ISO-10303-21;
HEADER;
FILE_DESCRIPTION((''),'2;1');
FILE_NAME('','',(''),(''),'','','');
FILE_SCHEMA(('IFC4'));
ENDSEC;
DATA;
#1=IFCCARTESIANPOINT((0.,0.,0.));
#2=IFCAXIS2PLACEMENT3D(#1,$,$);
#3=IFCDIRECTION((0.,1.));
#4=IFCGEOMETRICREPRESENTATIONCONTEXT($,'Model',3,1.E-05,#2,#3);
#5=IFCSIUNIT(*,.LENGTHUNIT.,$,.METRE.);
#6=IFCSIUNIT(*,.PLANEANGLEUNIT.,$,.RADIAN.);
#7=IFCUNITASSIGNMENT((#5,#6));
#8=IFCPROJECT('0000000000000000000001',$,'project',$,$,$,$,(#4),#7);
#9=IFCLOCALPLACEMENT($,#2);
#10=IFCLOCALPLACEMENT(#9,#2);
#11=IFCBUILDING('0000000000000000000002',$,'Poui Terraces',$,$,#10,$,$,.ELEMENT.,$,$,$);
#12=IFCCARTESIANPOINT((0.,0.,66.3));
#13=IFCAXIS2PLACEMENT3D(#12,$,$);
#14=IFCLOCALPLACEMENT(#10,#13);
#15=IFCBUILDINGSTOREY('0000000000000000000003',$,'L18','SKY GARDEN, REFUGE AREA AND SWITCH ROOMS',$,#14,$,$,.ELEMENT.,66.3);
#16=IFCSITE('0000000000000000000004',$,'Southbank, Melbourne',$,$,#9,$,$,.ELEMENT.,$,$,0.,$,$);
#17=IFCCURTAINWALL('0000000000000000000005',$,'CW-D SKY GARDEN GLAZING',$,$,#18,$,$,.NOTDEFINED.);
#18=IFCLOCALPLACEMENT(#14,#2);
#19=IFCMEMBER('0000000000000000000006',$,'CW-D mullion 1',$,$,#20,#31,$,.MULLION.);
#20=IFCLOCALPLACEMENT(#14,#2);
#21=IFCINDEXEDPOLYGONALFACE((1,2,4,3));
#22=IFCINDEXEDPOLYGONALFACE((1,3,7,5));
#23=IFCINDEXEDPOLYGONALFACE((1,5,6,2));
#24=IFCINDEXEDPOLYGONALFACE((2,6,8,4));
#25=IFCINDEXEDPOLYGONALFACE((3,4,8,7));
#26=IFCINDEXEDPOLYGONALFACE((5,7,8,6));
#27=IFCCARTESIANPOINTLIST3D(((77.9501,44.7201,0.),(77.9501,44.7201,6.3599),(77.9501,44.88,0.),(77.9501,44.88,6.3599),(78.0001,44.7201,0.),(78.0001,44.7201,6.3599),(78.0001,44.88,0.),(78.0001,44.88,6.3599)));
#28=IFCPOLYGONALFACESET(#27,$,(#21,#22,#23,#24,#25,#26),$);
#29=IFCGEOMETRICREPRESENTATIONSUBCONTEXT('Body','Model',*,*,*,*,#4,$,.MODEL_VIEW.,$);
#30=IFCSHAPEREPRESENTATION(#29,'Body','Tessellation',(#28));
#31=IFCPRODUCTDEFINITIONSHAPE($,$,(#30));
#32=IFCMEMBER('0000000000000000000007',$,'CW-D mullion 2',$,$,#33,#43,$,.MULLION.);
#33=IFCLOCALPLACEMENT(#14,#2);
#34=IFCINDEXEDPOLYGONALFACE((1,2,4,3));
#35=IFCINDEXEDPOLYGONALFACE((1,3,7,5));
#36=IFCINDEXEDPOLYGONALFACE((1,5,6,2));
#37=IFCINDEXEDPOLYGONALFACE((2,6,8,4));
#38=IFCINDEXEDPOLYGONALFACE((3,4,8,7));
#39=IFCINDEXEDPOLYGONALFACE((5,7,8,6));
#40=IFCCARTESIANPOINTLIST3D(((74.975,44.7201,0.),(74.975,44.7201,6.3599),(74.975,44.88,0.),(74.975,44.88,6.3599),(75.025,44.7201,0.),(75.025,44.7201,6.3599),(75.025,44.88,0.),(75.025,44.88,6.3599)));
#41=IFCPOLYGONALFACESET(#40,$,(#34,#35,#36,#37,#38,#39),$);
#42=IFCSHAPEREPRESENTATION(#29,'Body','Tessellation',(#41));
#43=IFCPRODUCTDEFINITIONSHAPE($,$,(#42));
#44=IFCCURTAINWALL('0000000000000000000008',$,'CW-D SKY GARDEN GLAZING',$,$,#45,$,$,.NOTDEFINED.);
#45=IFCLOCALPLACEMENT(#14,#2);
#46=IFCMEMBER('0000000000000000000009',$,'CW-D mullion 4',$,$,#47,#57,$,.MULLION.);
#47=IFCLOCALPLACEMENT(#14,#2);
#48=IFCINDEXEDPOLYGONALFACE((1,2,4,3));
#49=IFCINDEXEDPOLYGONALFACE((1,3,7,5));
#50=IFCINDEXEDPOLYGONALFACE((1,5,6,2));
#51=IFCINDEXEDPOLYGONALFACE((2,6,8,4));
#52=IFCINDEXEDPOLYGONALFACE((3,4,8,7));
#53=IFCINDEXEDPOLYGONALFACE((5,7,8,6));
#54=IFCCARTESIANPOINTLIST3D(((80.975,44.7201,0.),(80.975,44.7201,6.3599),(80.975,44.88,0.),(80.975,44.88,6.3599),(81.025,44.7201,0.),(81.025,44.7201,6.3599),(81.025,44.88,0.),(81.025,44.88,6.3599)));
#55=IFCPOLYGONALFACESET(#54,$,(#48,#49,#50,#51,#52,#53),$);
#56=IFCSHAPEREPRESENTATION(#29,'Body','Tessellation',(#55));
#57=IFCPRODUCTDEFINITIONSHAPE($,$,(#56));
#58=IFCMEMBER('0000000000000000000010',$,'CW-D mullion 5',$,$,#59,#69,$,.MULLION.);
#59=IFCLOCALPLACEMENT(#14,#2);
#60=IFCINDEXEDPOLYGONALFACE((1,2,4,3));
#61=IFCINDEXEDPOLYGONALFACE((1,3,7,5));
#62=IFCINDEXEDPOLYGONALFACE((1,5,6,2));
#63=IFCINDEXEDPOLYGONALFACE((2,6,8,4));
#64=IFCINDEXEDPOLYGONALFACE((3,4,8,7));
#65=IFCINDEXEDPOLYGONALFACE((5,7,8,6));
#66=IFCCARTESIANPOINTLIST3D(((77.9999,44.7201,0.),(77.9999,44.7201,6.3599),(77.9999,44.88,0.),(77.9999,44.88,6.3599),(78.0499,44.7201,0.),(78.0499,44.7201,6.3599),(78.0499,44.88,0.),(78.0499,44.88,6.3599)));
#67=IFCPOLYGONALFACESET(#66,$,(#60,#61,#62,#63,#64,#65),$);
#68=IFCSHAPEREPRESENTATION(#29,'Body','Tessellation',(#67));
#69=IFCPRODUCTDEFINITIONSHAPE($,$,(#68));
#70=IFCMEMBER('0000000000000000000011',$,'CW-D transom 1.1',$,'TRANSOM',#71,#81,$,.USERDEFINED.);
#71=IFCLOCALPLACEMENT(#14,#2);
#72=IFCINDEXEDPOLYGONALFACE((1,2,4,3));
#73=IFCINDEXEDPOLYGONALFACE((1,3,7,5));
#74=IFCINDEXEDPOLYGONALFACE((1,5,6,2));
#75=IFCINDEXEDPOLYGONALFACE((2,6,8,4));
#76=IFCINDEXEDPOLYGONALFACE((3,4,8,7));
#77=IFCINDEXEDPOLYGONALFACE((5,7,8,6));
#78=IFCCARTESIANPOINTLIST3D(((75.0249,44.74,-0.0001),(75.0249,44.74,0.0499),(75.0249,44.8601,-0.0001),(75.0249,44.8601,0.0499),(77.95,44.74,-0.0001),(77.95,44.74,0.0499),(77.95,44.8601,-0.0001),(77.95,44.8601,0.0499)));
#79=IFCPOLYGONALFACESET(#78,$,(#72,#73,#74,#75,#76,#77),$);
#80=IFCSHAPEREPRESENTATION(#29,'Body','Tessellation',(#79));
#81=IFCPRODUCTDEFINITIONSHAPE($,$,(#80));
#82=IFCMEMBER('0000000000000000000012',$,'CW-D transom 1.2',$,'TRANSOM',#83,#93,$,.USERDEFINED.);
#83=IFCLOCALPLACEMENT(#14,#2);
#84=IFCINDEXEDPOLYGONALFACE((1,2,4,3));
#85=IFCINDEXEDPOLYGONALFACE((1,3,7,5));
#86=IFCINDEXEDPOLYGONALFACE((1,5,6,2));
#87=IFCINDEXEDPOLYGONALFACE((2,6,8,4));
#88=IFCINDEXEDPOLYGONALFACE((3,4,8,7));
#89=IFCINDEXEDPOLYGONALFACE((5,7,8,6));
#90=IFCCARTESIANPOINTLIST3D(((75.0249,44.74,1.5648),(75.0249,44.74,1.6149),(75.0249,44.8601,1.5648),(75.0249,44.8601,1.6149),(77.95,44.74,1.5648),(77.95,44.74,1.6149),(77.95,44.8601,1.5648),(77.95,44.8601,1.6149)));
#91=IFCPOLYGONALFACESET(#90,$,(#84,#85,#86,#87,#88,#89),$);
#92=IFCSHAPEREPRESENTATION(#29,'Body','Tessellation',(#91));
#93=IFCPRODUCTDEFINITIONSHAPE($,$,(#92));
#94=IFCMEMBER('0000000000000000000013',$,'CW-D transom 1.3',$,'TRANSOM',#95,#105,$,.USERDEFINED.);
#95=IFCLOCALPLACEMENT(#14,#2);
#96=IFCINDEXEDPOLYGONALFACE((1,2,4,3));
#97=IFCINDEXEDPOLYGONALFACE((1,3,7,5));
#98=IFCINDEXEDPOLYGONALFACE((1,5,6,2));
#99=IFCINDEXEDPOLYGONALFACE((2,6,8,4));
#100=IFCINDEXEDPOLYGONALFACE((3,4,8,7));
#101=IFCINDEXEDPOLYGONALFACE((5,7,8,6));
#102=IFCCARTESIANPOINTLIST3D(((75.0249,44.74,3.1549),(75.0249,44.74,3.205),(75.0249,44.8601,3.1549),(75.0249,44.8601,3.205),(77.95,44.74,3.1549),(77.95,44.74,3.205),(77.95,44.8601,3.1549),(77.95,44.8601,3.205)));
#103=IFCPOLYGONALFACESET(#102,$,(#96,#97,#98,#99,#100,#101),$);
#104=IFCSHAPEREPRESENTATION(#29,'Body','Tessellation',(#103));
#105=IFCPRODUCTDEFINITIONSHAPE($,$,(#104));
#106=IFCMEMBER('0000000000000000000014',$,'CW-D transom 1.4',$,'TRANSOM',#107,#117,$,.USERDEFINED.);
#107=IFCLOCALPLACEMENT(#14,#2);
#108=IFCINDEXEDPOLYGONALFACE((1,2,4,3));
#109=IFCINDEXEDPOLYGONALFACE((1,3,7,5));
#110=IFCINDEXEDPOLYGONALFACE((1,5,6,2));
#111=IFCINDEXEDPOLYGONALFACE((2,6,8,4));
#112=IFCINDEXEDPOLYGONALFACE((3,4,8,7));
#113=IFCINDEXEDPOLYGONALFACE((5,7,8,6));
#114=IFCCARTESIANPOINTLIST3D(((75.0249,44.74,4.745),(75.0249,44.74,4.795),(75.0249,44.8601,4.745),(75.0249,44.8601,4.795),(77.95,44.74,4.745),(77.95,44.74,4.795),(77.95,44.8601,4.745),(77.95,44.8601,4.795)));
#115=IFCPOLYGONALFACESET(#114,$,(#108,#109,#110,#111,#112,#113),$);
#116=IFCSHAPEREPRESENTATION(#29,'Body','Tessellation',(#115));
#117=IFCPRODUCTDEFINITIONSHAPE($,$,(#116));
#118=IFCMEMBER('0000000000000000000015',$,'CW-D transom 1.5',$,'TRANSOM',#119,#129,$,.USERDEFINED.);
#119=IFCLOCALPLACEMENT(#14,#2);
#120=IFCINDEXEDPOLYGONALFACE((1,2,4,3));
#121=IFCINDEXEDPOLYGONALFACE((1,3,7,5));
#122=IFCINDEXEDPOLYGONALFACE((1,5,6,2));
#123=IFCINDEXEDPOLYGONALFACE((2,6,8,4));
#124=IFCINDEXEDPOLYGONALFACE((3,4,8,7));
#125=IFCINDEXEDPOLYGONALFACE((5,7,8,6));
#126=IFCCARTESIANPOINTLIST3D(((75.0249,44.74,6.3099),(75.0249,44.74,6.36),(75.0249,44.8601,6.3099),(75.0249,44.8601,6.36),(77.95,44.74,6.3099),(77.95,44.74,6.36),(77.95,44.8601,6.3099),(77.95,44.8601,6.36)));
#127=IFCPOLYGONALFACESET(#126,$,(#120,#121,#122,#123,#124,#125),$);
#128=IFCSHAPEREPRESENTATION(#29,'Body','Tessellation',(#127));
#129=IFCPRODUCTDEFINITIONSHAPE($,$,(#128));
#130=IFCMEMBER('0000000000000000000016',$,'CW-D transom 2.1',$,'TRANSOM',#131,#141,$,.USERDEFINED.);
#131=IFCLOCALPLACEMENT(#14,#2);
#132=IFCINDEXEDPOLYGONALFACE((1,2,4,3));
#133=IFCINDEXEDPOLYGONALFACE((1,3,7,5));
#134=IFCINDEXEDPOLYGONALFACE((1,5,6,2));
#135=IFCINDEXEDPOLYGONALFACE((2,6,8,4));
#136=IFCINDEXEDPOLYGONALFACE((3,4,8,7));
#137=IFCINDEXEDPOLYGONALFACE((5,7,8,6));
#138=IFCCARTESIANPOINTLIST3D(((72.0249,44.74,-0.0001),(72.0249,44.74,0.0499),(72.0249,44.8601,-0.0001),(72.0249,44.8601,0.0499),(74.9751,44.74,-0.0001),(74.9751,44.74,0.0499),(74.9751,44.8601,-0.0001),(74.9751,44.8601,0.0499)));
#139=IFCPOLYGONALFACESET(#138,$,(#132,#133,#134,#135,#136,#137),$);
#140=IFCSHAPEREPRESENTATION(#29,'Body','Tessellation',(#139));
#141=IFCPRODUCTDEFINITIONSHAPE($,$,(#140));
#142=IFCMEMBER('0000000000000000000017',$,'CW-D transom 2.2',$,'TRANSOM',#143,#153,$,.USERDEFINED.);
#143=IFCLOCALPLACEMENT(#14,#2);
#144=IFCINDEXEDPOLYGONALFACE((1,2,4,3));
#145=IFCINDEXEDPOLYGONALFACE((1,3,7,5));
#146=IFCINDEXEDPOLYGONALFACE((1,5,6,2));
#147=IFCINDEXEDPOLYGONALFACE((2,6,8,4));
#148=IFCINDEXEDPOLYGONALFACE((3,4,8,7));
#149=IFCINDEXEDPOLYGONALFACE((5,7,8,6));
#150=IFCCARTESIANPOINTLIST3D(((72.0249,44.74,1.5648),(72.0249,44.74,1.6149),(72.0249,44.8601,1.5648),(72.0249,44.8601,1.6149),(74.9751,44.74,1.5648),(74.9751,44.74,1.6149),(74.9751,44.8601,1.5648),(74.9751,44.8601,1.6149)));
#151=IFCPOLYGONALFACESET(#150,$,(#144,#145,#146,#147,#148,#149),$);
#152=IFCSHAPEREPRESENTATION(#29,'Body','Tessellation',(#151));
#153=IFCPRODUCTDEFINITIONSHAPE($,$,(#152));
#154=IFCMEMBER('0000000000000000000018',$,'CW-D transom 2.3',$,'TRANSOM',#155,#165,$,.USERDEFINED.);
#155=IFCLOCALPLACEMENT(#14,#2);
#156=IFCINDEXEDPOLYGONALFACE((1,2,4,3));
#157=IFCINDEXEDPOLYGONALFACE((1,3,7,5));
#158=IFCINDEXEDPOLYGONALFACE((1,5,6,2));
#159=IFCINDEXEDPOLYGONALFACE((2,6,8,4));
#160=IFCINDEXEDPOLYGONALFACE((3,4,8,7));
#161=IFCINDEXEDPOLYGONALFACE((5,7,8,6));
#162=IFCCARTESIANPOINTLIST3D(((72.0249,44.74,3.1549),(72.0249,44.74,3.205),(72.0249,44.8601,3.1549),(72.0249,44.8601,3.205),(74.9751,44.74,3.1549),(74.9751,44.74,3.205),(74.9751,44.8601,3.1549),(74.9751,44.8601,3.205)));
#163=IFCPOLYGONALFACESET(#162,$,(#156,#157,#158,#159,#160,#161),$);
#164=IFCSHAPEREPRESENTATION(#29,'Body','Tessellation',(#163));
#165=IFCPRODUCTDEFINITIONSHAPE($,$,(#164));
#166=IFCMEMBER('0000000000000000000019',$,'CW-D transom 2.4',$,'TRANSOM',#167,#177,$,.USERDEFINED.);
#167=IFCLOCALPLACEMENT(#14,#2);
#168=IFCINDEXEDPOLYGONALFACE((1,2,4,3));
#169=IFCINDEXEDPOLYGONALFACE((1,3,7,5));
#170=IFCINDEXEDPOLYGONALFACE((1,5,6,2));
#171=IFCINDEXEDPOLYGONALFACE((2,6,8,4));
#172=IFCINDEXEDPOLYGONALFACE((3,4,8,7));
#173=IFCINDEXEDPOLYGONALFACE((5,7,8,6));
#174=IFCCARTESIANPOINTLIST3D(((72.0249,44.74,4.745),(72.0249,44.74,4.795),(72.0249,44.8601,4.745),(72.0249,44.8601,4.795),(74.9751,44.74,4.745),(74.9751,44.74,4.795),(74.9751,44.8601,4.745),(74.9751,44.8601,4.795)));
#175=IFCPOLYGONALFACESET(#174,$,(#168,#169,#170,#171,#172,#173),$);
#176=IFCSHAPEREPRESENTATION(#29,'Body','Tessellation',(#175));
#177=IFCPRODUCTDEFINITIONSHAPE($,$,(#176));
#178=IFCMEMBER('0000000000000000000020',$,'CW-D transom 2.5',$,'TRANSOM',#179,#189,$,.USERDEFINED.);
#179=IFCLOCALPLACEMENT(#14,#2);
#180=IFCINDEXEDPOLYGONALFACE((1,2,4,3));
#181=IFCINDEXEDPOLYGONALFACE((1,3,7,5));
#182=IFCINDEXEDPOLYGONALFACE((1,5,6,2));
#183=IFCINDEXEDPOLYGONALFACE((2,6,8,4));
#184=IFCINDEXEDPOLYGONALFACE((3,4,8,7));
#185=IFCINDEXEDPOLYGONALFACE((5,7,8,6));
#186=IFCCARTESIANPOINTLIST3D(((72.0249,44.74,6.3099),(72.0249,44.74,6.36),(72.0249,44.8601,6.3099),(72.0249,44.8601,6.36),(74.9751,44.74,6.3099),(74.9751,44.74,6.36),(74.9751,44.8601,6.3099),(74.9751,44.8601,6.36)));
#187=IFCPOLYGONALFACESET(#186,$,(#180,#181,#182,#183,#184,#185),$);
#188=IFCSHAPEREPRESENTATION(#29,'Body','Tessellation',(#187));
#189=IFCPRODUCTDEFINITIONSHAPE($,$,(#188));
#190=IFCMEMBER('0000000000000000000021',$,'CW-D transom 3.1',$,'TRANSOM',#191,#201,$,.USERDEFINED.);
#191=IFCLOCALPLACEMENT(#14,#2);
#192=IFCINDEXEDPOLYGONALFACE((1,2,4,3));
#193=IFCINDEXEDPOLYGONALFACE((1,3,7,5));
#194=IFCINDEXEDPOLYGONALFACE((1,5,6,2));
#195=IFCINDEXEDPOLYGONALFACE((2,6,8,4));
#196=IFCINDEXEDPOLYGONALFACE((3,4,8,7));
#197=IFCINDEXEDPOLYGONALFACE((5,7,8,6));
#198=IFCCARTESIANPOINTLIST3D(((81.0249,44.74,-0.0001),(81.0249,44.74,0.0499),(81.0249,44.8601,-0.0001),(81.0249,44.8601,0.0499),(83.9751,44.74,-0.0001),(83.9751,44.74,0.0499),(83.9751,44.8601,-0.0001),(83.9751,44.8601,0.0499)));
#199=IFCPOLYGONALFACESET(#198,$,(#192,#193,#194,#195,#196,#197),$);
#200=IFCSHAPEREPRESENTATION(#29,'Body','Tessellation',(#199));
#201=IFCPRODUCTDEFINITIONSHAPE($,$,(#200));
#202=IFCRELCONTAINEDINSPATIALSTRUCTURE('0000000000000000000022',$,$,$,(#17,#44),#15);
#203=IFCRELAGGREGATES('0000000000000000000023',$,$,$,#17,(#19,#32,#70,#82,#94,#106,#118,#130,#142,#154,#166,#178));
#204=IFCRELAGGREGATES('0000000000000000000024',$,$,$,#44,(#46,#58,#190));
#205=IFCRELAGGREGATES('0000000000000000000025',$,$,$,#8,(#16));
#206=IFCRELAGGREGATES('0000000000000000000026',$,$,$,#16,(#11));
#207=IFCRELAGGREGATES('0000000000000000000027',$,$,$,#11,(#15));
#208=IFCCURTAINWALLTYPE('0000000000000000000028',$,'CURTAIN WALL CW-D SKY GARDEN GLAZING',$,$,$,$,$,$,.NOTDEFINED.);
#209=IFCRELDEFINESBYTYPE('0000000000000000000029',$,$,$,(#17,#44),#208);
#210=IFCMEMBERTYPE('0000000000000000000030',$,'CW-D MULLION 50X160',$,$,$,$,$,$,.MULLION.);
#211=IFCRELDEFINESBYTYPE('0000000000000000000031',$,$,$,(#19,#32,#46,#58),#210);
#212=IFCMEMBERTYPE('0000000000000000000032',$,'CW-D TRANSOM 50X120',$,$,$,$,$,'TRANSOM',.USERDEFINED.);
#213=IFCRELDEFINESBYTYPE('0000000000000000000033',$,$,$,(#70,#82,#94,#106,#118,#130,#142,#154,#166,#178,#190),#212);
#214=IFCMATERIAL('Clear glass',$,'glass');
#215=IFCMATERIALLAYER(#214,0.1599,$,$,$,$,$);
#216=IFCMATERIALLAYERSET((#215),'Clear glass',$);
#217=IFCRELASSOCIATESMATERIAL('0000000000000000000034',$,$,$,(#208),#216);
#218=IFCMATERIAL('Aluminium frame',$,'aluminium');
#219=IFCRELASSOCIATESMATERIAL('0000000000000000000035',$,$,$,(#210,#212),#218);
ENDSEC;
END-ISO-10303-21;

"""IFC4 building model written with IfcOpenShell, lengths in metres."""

from ifc_helpers import new_model, si_unit, direction, frame, origin, origin_2d, place, context, subcontext, project, spatial, rectangle, extrude, material, layer, layer_set, material_profile, profile_set, type_object, element, aggregate, save


model = new_model("IFC4")

# Units and contexts
model_context = context("Model", 3, precision=1e-05, world=origin(), true_north=direction((0.0, 1.0)))
body_context = subcontext(model_context, "Body", "Model", "MODEL_VIEW")
ifc_project = project(units=[si_unit("LENGTHUNIT", "METRE"), si_unit("PLANEANGLEUNIT", "RADIAN")], contexts=[model_context])

# Site, building, storey
site_placement = place(None, origin())
site = spatial("IfcSite", under=ifc_project, at=site_placement, Name="Southbank, Melbourne", CompositionType="ELEMENT", RefElevation=0.0)
building_placement = place(site_placement, origin())
building = spatial("IfcBuilding", under=site, at=building_placement, Name="Poui Terraces", CompositionType="ELEMENT")
storey_placement = place(building_placement, frame((0.0, 0.0, 66.3)))
storey = spatial("IfcBuildingStorey", under=building, at=storey_placement, Name="L18", Description="SKY GARDEN, REFUGE AREA AND SWITCH ROOMS", CompositionType="ELEMENT", Elevation=66.3)

# Curtain walls, members
ifc_material_1 = material(Name="Clear glass", Category="glass")
ifc_layer_1 = layer(ifc_material_1, 0.1599)
ifc_layer_set_1 = layer_set([ifc_layer_1], Name="Clear glass")
curtain_wall_type = type_object("IfcCurtainWallType", Name="CURTAIN WALL CW-D SKY GARDEN GLAZING", PredefinedType="NOTDEFINED", material=ifc_layer_set_1)
curtain_wall_1_placement = place(storey_placement, origin())
curtain_wall_1 = element("IfcCurtainWall", 1, at=curtain_wall_1_placement, inside=storey, type_object=curtain_wall_type, Name="CW-D SKY GARDEN GLAZING", PredefinedType="NOTDEFINED")
ifc_material_2 = material(Name="Aluminium frame", Category="aluminium")
ifc_material_profile_1 = material_profile(ifc_material_2, rectangle(XDim=0.1599, YDim=0.05, at=origin_2d()), Name="CW-D MULLION 50X160")
ifc_profile_set_1 = profile_set([ifc_material_profile_1], Name="Aluminium frame")
member_type_1 = type_object("IfcMemberType", Name="CW-D MULLION 50X160", PredefinedType="MULLION", material=ifc_profile_set_1)
member_1_placement = place(storey_placement, frame((77.9751, 44.8, 0.0), z_axis=(0.0, 0.0, 1.0), x_axis=(0.0, -1.0, 0.0)))
member_1 = element("IfcMember", 2, at=member_1_placement, type_object=member_type_1, Name="CW-D mullion 1", PredefinedType="MULLION", context=body_context, shape_type="SweptSolid", body=[
    extrude(rectangle(XDim=0.1599, YDim=0.05, at=origin_2d()), origin(), (0.0, 0.0, 1.0), 6.3599),
])
member_2_placement = place(storey_placement, frame((75.0, 44.8, 0.0), z_axis=(0.0, 0.0, 1.0), x_axis=(0.0, -1.0, 0.0)))
member_2 = element("IfcMember", 3, at=member_2_placement, type_object=member_type_1, Name="CW-D mullion 2", PredefinedType="MULLION", context=body_context, shape_type="SweptSolid", body=[
    extrude(rectangle(XDim=0.1599, YDim=0.05, at=origin_2d()), origin(), (0.0, 0.0, 1.0), 6.3599),
])
curtain_wall_2_placement = place(storey_placement, origin())
curtain_wall_2 = element("IfcCurtainWall", 4, at=curtain_wall_2_placement, inside=storey, type_object=curtain_wall_type, Name="CW-D SKY GARDEN GLAZING", PredefinedType="NOTDEFINED")
member_3_placement = place(storey_placement, frame((81.0, 44.8, 0.0), z_axis=(0.0, 0.0, 1.0), x_axis=(0.0, -1.0, 0.0)))
member_3 = element("IfcMember", 5, at=member_3_placement, type_object=member_type_1, Name="CW-D mullion 4", PredefinedType="MULLION", context=body_context, shape_type="SweptSolid", body=[
    extrude(rectangle(XDim=0.1599, YDim=0.05, at=origin_2d()), origin(), (0.0, 0.0, 1.0), 6.3599),
])
member_4_placement = place(storey_placement, frame((78.0249, 44.8, 0.0), z_axis=(0.0, 0.0, 1.0), x_axis=(0.0, -1.0, 0.0)))
member_4 = element("IfcMember", 6, at=member_4_placement, type_object=member_type_1, Name="CW-D mullion 5", PredefinedType="MULLION", context=body_context, shape_type="SweptSolid", body=[
    extrude(rectangle(XDim=0.1599, YDim=0.05, at=origin_2d()), origin(), (0.0, 0.0, 1.0), 6.3599),
])

# Members
ifc_material_profile_2 = material_profile(ifc_material_2, rectangle(XDim=0.1201, YDim=0.05, at=origin_2d()), Name="CW-D TRANSOM 50X120")
ifc_profile_set_2 = profile_set([ifc_material_profile_2], Name="Aluminium frame")
member_type_2 = type_object("IfcMemberType", Name="CW-D TRANSOM 50X120", ElementType="TRANSOM", PredefinedType="USERDEFINED", material=ifc_profile_set_2)
member_5_placement = place(storey_placement, frame((77.95, 44.8, 0.0249), z_axis=(-1.0, 0.0, 0.0), x_axis=(0.0, -1.0, 0.0)))
member_5 = element("IfcMember", 7, at=member_5_placement, type_object=member_type_2, Name="CW-D transom 1.1", ObjectType="TRANSOM", PredefinedType="USERDEFINED", context=body_context, shape_type="SweptSolid", body=[
    extrude(rectangle(XDim=0.1201, YDim=0.05, at=origin_2d()), origin(), (0.0, 0.0, 1.0), 2.925),
])
member_6_placement = place(storey_placement, frame((77.95, 44.8, 1.5898), z_axis=(-1.0, 0.0, 0.0), x_axis=(0.0, -1.0, 0.0)))
member_6 = element("IfcMember", 8, at=member_6_placement, type_object=member_type_2, Name="CW-D transom 1.2", ObjectType="TRANSOM", PredefinedType="USERDEFINED", context=body_context, shape_type="SweptSolid", body=[
    extrude(rectangle(XDim=0.1201, YDim=0.05, at=origin_2d()), origin(), (0.0, 0.0, 1.0), 2.925),
])
member_7_placement = place(storey_placement, frame((77.95, 44.8, 3.1799), z_axis=(-1.0, 0.0, 0.0), x_axis=(0.0, -1.0, 0.0)))
member_7 = element("IfcMember", 9, at=member_7_placement, type_object=member_type_2, Name="CW-D transom 1.3", ObjectType="TRANSOM", PredefinedType="USERDEFINED", context=body_context, shape_type="SweptSolid", body=[
    extrude(rectangle(XDim=0.1201, YDim=0.05, at=origin_2d()), origin(), (0.0, 0.0, 1.0), 2.925),
])
member_8_placement = place(storey_placement, frame((77.95, 44.8, 4.77), z_axis=(-1.0, 0.0, 0.0), x_axis=(0.0, -1.0, 0.0)))
member_8 = element("IfcMember", 10, at=member_8_placement, type_object=member_type_2, Name="CW-D transom 1.4", ObjectType="TRANSOM", PredefinedType="USERDEFINED", context=body_context, shape_type="SweptSolid", body=[
    extrude(rectangle(XDim=0.1201, YDim=0.05, at=origin_2d()), origin(), (0.0, 0.0, 1.0), 2.925),
])
member_9_placement = place(storey_placement, frame((77.95, 44.8, 6.335), z_axis=(-1.0, 0.0, 0.0), x_axis=(0.0, -1.0, 0.0)))
member_9 = element("IfcMember", 11, at=member_9_placement, type_object=member_type_2, Name="CW-D transom 1.5", ObjectType="TRANSOM", PredefinedType="USERDEFINED", context=body_context, shape_type="SweptSolid", body=[
    extrude(rectangle(XDim=0.1201, YDim=0.05, at=origin_2d()), origin(), (0.0, 0.0, 1.0), 2.925),
])
member_10_placement = place(storey_placement, frame((74.9751, 44.8, 0.0249), z_axis=(-1.0, 0.0, 0.0), x_axis=(0.0, -1.0, 0.0)))
member_10 = element("IfcMember", 12, at=member_10_placement, type_object=member_type_2, Name="CW-D transom 2.1", ObjectType="TRANSOM", PredefinedType="USERDEFINED", context=body_context, shape_type="SweptSolid", body=[
    extrude(rectangle(XDim=0.1201, YDim=0.05, at=origin_2d()), origin(), (0.0, 0.0, 1.0), 2.9502),
])
member_11_placement = place(storey_placement, frame((74.9751, 44.8, 1.5898), z_axis=(-1.0, 0.0, 0.0), x_axis=(0.0, -1.0, 0.0)))
member_11 = element("IfcMember", 13, at=member_11_placement, type_object=member_type_2, Name="CW-D transom 2.2", ObjectType="TRANSOM", PredefinedType="USERDEFINED", context=body_context, shape_type="SweptSolid", body=[
    extrude(rectangle(XDim=0.1201, YDim=0.05, at=origin_2d()), origin(), (0.0, 0.0, 1.0), 2.9502),
])
member_12_placement = place(storey_placement, frame((74.9751, 44.8, 3.1799), z_axis=(-1.0, 0.0, 0.0), x_axis=(0.0, -1.0, 0.0)))
member_12 = element("IfcMember", 14, at=member_12_placement, type_object=member_type_2, Name="CW-D transom 2.3", ObjectType="TRANSOM", PredefinedType="USERDEFINED", context=body_context, shape_type="SweptSolid", body=[
    extrude(rectangle(XDim=0.1201, YDim=0.05, at=origin_2d()), origin(), (0.0, 0.0, 1.0), 2.9502),
])
member_13_placement = place(storey_placement, frame((74.9751, 44.8, 4.77), z_axis=(-1.0, 0.0, 0.0), x_axis=(0.0, -1.0, 0.0)))
member_13 = element("IfcMember", 15, at=member_13_placement, type_object=member_type_2, Name="CW-D transom 2.4", ObjectType="TRANSOM", PredefinedType="USERDEFINED", context=body_context, shape_type="SweptSolid", body=[
    extrude(rectangle(XDim=0.1201, YDim=0.05, at=origin_2d()), origin(), (0.0, 0.0, 1.0), 2.9502),
])
member_14_placement = place(storey_placement, frame((74.9751, 44.8, 6.335), z_axis=(-1.0, 0.0, 0.0), x_axis=(0.0, -1.0, 0.0)))
member_14 = element("IfcMember", 16, at=member_14_placement, type_object=member_type_2, Name="CW-D transom 2.5", ObjectType="TRANSOM", PredefinedType="USERDEFINED", context=body_context, shape_type="SweptSolid", body=[
    extrude(rectangle(XDim=0.1201, YDim=0.05, at=origin_2d()), origin(), (0.0, 0.0, 1.0), 2.9502),
])
member_15_placement = place(storey_placement, frame((83.9751, 44.8, 0.0249), z_axis=(-1.0, 0.0, 0.0), x_axis=(0.0, -1.0, 0.0)))
member_15 = element("IfcMember", 17, at=member_15_placement, type_object=member_type_2, Name="CW-D transom 3.1", ObjectType="TRANSOM", PredefinedType="USERDEFINED", context=body_context, shape_type="SweptSolid", body=[
    extrude(rectangle(XDim=0.1201, YDim=0.05, at=origin_2d()), origin(), (0.0, 0.0, 1.0), 2.9502),
])

aggregate(curtain_wall_1, [member_1, member_2, member_5, member_6, member_7, member_8, member_9, member_10, member_11, member_12, member_13, member_14])
aggregate(curtain_wall_2, [member_3, member_4, member_15])

save(model, "model.ifc")
